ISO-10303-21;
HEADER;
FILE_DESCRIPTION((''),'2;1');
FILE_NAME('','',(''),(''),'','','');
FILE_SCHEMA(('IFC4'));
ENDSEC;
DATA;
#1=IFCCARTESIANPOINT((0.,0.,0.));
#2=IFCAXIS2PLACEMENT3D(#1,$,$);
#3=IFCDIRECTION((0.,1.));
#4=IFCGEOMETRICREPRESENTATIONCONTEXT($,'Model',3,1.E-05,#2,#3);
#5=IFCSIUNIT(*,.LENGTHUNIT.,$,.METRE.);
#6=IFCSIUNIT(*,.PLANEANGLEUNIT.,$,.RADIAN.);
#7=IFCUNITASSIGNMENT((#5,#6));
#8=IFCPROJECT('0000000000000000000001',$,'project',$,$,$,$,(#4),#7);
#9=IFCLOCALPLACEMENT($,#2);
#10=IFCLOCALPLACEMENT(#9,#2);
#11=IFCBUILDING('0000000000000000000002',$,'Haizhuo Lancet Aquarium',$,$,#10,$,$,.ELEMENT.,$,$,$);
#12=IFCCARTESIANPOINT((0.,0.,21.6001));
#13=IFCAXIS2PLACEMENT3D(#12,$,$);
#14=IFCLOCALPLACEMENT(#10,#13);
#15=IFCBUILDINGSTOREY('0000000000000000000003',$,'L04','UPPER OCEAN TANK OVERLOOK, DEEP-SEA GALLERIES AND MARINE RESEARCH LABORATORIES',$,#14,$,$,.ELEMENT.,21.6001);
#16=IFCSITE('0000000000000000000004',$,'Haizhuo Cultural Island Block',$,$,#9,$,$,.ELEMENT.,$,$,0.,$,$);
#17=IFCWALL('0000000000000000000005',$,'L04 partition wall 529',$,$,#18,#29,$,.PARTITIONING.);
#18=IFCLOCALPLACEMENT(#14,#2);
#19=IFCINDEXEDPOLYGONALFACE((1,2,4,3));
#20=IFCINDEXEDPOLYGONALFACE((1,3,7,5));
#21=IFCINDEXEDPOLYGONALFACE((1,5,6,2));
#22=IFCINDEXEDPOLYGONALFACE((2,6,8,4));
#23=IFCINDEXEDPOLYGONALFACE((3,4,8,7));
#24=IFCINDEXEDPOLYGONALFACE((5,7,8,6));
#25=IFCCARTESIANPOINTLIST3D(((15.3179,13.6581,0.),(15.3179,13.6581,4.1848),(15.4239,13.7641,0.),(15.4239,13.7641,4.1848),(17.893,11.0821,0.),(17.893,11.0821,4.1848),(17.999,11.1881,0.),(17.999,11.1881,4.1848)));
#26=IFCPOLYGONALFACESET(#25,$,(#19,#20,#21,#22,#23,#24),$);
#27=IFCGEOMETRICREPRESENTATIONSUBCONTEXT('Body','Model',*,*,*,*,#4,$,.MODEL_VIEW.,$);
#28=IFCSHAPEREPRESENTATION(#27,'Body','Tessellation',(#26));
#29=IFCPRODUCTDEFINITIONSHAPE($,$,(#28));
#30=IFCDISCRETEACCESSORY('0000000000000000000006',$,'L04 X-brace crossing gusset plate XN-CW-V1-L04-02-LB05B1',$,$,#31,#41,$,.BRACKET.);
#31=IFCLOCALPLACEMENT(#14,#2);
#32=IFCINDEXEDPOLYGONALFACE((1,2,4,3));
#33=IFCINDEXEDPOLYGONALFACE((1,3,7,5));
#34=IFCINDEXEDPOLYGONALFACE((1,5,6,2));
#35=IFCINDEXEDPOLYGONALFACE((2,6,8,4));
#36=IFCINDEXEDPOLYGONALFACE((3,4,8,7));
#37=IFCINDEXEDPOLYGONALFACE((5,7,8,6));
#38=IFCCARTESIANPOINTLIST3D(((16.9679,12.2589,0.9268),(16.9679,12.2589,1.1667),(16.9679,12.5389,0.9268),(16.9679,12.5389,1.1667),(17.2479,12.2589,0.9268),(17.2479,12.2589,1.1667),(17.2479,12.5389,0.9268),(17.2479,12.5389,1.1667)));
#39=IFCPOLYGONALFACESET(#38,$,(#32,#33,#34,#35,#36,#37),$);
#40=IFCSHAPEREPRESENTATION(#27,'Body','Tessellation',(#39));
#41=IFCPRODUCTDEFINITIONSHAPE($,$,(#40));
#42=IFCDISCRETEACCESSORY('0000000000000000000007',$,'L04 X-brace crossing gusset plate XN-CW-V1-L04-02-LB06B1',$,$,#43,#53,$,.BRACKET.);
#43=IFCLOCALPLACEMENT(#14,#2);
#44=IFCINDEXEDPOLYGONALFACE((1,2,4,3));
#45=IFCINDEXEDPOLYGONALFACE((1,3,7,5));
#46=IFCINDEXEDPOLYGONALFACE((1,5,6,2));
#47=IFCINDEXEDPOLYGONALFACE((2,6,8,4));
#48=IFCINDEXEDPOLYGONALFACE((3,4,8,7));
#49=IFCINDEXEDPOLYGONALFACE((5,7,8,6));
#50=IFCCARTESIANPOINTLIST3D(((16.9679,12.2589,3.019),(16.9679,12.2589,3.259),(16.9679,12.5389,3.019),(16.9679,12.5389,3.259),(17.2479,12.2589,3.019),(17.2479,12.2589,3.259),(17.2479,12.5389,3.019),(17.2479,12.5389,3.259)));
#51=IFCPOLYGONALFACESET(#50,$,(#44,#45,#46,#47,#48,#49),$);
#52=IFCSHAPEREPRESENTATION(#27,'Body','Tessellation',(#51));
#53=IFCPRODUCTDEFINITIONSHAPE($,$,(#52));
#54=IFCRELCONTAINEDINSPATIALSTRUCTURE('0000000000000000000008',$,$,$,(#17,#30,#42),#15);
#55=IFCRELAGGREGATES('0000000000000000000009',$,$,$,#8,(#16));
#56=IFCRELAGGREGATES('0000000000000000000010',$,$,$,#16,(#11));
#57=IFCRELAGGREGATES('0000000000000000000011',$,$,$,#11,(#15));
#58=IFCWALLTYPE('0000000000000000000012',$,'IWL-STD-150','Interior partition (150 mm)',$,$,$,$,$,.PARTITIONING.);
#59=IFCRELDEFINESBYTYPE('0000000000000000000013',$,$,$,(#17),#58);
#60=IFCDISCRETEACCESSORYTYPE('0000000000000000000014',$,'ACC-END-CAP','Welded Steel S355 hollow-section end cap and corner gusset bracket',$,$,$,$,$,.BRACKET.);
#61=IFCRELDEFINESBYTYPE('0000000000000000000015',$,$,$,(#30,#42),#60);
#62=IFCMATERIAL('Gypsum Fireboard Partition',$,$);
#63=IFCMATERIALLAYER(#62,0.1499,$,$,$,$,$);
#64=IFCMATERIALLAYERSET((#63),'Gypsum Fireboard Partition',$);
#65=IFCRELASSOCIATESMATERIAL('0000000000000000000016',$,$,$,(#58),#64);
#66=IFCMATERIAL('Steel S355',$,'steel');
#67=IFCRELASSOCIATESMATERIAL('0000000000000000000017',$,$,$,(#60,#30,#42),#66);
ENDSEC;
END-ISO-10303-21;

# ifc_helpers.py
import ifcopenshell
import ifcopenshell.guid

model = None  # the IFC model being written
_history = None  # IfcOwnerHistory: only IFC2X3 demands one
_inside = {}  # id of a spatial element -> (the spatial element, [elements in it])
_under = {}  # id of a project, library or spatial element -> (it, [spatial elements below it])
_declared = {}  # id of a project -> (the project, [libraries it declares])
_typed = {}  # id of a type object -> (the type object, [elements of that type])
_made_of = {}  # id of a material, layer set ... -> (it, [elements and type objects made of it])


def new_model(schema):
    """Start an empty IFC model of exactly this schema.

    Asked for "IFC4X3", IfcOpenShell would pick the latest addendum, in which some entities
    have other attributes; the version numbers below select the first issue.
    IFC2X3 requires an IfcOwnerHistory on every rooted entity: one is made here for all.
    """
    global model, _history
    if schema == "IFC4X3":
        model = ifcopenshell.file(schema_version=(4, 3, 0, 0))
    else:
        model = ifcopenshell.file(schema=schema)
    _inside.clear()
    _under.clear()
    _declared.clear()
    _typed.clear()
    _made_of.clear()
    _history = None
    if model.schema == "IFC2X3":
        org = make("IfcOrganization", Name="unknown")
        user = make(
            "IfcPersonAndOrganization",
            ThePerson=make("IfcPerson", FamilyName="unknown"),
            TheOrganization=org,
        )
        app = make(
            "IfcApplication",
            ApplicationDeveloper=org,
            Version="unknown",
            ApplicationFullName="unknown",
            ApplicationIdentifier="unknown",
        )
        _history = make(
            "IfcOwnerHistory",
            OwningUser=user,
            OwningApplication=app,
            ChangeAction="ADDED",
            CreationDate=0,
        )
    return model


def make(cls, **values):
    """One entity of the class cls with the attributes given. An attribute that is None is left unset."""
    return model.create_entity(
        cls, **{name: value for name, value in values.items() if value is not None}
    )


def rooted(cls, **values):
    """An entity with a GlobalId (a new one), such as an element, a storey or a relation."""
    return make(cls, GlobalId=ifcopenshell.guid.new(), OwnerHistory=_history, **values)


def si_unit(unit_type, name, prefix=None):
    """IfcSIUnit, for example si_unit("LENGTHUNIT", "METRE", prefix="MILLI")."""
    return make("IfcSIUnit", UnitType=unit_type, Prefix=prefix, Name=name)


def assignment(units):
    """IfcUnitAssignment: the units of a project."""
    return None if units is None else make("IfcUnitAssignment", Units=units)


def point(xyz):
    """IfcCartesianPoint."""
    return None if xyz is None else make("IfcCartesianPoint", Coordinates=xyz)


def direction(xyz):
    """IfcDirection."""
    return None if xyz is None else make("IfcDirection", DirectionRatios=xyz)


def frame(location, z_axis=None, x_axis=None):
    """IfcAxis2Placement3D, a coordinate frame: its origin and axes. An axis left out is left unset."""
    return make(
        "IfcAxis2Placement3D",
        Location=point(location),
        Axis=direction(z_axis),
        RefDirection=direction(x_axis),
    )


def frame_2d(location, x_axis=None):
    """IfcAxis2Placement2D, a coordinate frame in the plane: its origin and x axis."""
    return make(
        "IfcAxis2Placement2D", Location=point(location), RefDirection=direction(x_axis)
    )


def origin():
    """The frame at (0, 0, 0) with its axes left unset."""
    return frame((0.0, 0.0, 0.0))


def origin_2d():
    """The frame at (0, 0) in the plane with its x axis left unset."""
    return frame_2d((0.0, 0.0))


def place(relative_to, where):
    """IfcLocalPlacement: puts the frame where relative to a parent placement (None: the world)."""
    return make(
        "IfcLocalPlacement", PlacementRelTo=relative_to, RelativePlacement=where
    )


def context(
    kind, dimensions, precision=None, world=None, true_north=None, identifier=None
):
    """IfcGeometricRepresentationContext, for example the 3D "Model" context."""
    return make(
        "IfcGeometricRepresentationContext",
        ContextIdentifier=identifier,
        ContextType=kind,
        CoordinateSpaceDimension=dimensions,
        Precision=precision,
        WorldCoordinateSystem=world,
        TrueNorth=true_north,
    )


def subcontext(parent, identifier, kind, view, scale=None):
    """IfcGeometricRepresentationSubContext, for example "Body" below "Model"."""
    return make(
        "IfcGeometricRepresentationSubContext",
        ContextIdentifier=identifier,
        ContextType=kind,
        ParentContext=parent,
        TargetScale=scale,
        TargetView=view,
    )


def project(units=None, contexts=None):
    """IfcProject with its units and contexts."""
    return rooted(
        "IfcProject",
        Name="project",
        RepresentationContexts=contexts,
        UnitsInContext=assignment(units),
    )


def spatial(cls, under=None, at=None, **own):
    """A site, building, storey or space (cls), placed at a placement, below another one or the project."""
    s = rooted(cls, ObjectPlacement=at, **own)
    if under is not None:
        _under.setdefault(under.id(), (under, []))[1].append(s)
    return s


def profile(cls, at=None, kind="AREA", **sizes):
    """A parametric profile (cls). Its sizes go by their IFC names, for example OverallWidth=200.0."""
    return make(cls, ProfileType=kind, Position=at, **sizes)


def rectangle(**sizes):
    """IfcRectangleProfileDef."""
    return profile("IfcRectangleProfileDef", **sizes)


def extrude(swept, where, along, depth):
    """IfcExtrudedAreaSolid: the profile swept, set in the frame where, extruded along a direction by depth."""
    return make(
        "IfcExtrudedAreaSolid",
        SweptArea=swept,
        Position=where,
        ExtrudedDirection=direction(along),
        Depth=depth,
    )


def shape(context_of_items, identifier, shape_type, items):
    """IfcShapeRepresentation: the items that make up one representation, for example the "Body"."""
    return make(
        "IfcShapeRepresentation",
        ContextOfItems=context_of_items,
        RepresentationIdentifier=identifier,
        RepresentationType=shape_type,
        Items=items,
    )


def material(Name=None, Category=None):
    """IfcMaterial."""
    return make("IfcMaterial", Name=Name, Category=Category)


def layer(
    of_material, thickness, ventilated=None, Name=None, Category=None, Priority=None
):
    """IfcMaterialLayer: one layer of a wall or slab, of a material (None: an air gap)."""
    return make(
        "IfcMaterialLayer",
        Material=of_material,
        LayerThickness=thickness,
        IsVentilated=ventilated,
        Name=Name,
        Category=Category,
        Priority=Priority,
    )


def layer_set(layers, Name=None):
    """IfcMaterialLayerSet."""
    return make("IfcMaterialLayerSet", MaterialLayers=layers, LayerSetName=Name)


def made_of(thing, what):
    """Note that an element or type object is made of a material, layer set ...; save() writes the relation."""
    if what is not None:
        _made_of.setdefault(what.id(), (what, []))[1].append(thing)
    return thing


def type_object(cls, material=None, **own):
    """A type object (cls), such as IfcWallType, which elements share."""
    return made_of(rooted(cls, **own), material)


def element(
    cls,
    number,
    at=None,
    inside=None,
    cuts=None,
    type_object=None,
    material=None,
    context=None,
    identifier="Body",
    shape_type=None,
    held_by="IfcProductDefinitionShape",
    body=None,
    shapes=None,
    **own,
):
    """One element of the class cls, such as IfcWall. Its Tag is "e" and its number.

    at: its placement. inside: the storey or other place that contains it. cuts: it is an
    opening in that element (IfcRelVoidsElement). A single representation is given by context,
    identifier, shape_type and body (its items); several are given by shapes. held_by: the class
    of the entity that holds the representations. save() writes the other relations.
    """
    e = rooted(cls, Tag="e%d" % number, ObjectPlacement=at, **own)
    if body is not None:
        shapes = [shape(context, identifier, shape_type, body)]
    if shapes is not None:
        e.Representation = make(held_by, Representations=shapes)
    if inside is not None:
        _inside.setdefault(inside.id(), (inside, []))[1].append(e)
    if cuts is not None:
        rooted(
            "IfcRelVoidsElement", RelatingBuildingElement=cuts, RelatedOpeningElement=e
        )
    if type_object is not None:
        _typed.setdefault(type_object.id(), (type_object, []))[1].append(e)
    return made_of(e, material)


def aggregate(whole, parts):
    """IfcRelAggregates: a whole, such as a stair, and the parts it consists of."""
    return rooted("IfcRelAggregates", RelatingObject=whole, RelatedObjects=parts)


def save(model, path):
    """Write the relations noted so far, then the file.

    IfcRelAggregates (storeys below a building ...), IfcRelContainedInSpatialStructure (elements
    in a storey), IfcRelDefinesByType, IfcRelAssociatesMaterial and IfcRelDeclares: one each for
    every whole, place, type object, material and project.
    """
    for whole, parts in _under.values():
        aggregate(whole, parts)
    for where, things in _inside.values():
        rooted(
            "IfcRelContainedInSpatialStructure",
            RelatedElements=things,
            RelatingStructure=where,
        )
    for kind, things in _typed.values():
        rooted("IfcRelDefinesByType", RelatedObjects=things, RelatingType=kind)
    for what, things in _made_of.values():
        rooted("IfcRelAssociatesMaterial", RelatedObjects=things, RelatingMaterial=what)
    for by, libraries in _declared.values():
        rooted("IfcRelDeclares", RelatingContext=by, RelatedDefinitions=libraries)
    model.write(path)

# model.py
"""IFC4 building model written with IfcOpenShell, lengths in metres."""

from ifc_helpers import new_model, si_unit, direction, frame, frame_2d, origin, origin_2d, place, context, subcontext, project, spatial, rectangle, extrude, material, layer, layer_set, type_object, element, save


model = new_model("IFC4")

# Units and contexts
model_context = context("Model", 3, precision=1e-05, world=origin(), true_north=direction((0.0, 1.0)))
body_context = subcontext(model_context, "Body", "Model", "MODEL_VIEW")
ifc_project = project(units=[si_unit("LENGTHUNIT", "METRE"), si_unit("PLANEANGLEUNIT", "RADIAN")], contexts=[model_context])

# Site, building, storey
site_placement = place(None, origin())
site = spatial("IfcSite", under=ifc_project, at=site_placement, Name="Haizhuo Cultural Island Block", CompositionType="ELEMENT", RefElevation=0.0)
building_placement = place(site_placement, origin())
building = spatial("IfcBuilding", under=site, at=building_placement, Name="Haizhuo Lancet Aquarium", CompositionType="ELEMENT")
storey_placement = place(building_placement, frame((0.0, 0.0, 21.6001)))
storey = spatial("IfcBuildingStorey", under=building, at=storey_placement, Name="L04", Description="UPPER OCEAN TANK OVERLOOK, DEEP-SEA GALLERIES AND MARINE RESEARCH LABORATORIES", CompositionType="ELEMENT", Elevation=21.6001)

# Shared definitions
ifc_material_1 = material(Name="Steel S355", Category="steel")

# Wall
ifc_material_2 = material(Name="Gypsum Fireboard Partition")
ifc_layer_1 = layer(ifc_material_2, 0.1499)
ifc_layer_set_1 = layer_set([ifc_layer_1], Name="Gypsum Fireboard Partition")
wall_type = type_object("IfcWallType", Name="IWL-STD-150", Description="Interior partition (150 mm)", PredefinedType="PARTITIONING", material=ifc_layer_set_1)
wall_placement = place(storey_placement, frame((17.946, 11.135, 0.0), z_axis=(0.0, 0.0, 1.0), x_axis=(-0.706973, 0.707241, 0.0)))
element("IfcWall", 1, at=wall_placement, inside=storey, type_object=wall_type, Name="L04 partition wall 529", PredefinedType="PARTITIONING", context=body_context, shape_type="SweptSolid", body=[
    extrude(rectangle(XDim=3.6423, YDim=0.1499, at=frame_2d((1.8213, 0.0))), origin(), (0.0, 0.0, 1.0), 4.1848),
])

# Discrete accessories
discrete_accessory_type = type_object("IfcDiscreteAccessoryType", Name="ACC-END-CAP", Description="Welded Steel S355 hollow-section end cap and corner gusset bracket", PredefinedType="BRACKET", material=ifc_material_1)
for number, where, z_axis, x_axis, name in (
    (2, (17.1079, 12.3989, 0.9268), (0.0, 0.0, 1.0), (1.0, 0.0, 0.0), "L04 X-brace crossing gusset plate XN-CW-V1-L04-02-LB05B1"),
    (3, (17.1079, 12.3989, 3.019), (0.0, 0.0, 1.0), (1.0, 0.0, 0.0), "L04 X-brace crossing gusset plate XN-CW-V1-L04-02-LB06B1"),
):
    element("IfcDiscreteAccessory", number, at=place(storey_placement, frame(where, z_axis=z_axis, x_axis=x_axis)), inside=storey, type_object=discrete_accessory_type, material=ifc_material_1, Name=name, PredefinedType="BRACKET", context=body_context, shape_type="SweptSolid", body=[
        extrude(rectangle(XDim=0.28, YDim=0.28, at=origin_2d()), origin(), (0.0, 0.0, 1.0), 0.24),
    ])

save(model, "model.ifc")
